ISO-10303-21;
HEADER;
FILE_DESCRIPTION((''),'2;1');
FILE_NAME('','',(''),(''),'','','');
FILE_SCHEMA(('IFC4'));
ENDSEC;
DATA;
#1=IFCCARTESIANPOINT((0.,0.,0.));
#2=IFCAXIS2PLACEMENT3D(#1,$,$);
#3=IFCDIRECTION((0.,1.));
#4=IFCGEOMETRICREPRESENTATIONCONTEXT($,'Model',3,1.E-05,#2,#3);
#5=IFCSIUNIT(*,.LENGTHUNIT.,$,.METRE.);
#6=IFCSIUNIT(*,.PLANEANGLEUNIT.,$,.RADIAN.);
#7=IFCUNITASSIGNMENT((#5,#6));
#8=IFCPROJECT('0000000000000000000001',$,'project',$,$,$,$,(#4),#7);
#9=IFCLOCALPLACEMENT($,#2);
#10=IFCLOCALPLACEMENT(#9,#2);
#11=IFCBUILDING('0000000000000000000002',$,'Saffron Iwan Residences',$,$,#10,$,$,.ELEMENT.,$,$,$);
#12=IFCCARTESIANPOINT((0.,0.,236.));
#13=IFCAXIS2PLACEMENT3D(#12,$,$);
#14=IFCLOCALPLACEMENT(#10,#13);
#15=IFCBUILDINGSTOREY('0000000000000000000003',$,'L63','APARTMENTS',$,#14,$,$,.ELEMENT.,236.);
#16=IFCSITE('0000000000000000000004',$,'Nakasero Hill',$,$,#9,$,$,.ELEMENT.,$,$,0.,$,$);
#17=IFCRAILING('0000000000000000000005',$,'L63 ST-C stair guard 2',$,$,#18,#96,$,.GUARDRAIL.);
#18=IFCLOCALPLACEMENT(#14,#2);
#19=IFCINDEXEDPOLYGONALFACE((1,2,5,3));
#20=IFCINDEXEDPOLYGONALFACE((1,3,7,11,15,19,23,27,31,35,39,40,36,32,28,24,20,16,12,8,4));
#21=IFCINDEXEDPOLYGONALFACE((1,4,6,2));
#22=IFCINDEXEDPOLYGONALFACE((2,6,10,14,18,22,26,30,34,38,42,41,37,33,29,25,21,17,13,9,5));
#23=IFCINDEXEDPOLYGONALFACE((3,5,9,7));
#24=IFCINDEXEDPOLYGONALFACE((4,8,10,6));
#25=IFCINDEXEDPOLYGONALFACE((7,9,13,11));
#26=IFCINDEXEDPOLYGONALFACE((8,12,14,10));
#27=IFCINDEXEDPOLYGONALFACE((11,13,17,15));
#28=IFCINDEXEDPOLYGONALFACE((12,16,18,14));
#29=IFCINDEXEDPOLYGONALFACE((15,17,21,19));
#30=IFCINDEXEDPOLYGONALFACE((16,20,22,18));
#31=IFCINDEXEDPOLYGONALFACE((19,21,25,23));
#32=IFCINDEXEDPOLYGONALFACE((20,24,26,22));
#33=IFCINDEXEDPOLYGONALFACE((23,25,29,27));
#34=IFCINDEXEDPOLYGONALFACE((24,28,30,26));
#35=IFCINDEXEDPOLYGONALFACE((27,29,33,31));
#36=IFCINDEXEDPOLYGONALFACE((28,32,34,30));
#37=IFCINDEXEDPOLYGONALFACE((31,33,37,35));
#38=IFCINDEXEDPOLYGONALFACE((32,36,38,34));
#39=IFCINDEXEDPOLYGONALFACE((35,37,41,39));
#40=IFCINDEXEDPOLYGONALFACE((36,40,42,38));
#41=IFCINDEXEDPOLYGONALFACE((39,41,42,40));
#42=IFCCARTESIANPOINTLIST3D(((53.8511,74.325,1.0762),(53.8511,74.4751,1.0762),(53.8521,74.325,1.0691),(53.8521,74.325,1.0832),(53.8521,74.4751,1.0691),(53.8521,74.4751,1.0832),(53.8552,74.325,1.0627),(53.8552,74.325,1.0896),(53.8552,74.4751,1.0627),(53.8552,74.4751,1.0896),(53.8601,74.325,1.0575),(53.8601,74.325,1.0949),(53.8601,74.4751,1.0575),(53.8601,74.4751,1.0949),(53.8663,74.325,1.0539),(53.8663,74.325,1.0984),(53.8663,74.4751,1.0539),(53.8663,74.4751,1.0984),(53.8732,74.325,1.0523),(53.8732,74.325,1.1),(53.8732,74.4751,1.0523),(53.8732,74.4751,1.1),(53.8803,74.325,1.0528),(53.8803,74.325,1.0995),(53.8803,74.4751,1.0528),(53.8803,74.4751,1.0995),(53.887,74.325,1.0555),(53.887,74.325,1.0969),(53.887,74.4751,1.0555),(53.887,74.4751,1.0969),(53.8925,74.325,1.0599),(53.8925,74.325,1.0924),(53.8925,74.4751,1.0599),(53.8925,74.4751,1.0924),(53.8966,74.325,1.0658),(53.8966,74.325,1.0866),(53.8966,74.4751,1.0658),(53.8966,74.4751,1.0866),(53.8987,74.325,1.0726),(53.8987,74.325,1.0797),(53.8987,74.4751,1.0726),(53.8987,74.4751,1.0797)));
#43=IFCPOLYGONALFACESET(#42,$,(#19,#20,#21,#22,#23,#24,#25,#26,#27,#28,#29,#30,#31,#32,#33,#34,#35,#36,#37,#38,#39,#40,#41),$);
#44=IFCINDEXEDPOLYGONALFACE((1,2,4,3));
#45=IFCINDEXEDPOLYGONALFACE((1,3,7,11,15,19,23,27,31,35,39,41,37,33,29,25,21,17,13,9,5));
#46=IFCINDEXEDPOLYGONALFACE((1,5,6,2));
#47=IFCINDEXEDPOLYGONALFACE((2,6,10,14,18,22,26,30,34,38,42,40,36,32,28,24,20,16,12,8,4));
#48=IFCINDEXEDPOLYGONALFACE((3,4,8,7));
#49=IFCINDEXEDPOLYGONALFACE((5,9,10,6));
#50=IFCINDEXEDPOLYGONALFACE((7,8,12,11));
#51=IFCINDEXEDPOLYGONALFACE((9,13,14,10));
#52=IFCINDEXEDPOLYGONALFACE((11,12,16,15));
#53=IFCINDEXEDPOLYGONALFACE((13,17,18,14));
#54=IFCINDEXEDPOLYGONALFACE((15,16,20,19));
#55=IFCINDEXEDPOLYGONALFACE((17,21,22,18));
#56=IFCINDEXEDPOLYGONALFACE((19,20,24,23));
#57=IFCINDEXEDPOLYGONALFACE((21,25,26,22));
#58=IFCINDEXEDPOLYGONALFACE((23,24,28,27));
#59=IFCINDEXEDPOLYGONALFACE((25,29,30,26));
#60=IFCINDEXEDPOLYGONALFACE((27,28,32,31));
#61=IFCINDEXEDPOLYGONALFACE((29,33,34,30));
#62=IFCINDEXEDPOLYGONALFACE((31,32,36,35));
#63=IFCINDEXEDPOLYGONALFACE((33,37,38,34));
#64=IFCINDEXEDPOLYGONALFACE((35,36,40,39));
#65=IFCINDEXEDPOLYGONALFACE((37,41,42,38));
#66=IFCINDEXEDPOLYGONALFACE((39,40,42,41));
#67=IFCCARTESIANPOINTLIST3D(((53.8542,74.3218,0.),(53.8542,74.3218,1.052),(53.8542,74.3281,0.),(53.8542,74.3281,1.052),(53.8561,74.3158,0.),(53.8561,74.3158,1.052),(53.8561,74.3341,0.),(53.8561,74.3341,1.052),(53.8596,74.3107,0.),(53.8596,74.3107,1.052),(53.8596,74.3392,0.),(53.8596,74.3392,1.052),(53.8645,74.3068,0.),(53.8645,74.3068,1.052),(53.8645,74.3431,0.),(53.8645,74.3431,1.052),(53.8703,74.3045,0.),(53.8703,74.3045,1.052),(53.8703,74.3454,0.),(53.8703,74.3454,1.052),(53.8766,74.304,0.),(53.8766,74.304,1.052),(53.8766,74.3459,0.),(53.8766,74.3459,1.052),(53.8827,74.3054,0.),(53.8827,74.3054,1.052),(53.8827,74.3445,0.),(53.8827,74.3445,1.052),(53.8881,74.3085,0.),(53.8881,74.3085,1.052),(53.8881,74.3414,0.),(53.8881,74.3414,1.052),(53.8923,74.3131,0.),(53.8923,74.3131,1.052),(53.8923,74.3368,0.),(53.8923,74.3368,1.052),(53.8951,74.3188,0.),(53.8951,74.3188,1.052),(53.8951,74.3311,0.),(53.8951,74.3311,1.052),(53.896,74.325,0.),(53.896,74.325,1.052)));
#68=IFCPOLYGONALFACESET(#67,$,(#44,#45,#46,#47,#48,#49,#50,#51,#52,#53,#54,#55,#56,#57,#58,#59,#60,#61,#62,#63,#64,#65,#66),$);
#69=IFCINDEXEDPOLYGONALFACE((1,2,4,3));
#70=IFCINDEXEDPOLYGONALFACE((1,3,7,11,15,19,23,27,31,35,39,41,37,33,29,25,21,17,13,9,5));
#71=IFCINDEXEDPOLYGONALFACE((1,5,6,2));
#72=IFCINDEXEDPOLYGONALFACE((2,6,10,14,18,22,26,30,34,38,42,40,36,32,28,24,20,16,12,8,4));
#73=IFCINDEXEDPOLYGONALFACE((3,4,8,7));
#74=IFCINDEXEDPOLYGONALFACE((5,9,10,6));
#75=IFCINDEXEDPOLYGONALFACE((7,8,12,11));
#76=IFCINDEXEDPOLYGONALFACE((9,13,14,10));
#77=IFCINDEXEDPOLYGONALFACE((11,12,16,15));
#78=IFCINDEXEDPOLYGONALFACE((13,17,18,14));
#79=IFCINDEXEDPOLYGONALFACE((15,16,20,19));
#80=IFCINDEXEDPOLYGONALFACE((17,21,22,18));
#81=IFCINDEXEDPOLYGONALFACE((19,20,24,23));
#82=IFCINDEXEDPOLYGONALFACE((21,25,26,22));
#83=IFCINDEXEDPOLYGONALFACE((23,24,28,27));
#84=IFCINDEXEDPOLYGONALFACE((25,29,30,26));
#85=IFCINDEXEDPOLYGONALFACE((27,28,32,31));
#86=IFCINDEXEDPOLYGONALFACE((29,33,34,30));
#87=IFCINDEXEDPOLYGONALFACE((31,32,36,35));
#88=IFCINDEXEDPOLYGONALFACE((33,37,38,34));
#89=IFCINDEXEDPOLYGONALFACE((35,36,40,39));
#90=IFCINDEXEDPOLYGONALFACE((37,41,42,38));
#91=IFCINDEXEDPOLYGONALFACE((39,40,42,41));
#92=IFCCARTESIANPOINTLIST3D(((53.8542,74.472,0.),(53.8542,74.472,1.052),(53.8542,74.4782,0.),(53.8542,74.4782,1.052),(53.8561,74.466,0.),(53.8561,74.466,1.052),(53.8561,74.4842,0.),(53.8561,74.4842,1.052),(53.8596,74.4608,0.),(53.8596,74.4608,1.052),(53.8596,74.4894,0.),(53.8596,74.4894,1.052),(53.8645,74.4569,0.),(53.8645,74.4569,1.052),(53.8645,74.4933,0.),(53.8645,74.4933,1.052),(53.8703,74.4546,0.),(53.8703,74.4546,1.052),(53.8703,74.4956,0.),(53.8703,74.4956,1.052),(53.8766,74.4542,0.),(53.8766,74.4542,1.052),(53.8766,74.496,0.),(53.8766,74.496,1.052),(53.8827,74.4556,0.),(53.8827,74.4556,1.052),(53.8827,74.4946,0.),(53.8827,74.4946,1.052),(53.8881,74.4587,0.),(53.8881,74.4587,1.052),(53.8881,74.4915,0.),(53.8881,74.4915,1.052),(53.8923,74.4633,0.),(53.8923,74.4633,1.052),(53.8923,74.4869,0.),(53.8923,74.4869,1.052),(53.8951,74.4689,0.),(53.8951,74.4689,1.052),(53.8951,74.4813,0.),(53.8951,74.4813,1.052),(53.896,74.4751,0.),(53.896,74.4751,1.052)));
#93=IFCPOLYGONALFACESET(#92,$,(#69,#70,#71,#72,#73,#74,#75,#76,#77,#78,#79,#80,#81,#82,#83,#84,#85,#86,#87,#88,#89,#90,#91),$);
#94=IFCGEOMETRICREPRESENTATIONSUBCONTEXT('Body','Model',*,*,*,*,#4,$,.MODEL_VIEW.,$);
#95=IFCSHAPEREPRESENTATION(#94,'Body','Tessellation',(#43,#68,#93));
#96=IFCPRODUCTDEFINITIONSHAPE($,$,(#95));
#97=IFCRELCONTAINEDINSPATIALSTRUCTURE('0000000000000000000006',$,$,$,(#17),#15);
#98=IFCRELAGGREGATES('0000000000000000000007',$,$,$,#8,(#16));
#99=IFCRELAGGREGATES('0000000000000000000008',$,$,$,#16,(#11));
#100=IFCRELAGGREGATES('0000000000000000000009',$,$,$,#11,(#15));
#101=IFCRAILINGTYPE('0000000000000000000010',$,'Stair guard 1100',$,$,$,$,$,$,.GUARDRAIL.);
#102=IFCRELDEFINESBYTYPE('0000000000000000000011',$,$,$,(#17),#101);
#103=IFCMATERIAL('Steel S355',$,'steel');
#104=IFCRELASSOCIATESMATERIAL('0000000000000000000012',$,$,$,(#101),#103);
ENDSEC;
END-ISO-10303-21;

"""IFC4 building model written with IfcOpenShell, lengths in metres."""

from ifc_helpers import new_model, si_unit, direction, frame, origin, origin_2d, place, context, subcontext, project, spatial, circle, extrude, material, type_object, element, save


model = new_model("IFC4")

# Units and contexts
model_context = context("Model", 3, precision=1e-05, world=origin(), true_north=direction((0.0, 1.0)))
body_context = subcontext(model_context, "Body", "Model", "MODEL_VIEW")
ifc_project = project(units=[si_unit("LENGTHUNIT", "METRE"), si_unit("PLANEANGLEUNIT", "RADIAN")], contexts=[model_context])

# Site, building, storey
site_placement = place(None, origin())
site = spatial("IfcSite", under=ifc_project, at=site_placement, Name="Nakasero Hill", CompositionType="ELEMENT", RefElevation=0.0)
building_placement = place(site_placement, origin())
building = spatial("IfcBuilding", under=site, at=building_placement, Name="Saffron Iwan Residences", CompositionType="ELEMENT")
storey_placement = place(building_placement, frame((0.0, 0.0, 236.0)))
storey = spatial("IfcBuildingStorey", under=building, at=storey_placement, Name="L63", Description="APARTMENTS", CompositionType="ELEMENT", Elevation=236.0)

# Railing
ifc_material_1 = material(Name="Steel S355", Category="steel")
railing_type_1 = type_object("IfcRailingType", Name="Stair guard 1100", PredefinedType="GUARDRAIL", material=ifc_material_1)
railing_1_placement = place(storey_placement, frame((53.875, 74.325, 0.0)))
element("IfcRailing", 1, at=railing_1_placement, inside=storey, type_object=railing_type_1, Name="L63 ST-C stair guard 2", PredefinedType="GUARDRAIL", context=body_context, shape_type="SweptSolid", body=[
    extrude(circle(Radius=0.0239, at=origin_2d()), frame((0.0, 0.0, 1.0762), z_axis=(0.0, 1.0, 0.0), x_axis=(-1.0, 0.0, 0.0)), (0.0, 0.0, 1.0), 0.1501),
    extrude(circle(Radius=0.021, at=origin_2d()), origin(), (0.0, 0.0, 1.0), 1.052),
    extrude(circle(Radius=0.021, at=origin_2d()), frame((0.0, 0.1501, 0.0)), (0.0, 0.0, 1.0), 1.052),
])

save(model, "model.ifc")
